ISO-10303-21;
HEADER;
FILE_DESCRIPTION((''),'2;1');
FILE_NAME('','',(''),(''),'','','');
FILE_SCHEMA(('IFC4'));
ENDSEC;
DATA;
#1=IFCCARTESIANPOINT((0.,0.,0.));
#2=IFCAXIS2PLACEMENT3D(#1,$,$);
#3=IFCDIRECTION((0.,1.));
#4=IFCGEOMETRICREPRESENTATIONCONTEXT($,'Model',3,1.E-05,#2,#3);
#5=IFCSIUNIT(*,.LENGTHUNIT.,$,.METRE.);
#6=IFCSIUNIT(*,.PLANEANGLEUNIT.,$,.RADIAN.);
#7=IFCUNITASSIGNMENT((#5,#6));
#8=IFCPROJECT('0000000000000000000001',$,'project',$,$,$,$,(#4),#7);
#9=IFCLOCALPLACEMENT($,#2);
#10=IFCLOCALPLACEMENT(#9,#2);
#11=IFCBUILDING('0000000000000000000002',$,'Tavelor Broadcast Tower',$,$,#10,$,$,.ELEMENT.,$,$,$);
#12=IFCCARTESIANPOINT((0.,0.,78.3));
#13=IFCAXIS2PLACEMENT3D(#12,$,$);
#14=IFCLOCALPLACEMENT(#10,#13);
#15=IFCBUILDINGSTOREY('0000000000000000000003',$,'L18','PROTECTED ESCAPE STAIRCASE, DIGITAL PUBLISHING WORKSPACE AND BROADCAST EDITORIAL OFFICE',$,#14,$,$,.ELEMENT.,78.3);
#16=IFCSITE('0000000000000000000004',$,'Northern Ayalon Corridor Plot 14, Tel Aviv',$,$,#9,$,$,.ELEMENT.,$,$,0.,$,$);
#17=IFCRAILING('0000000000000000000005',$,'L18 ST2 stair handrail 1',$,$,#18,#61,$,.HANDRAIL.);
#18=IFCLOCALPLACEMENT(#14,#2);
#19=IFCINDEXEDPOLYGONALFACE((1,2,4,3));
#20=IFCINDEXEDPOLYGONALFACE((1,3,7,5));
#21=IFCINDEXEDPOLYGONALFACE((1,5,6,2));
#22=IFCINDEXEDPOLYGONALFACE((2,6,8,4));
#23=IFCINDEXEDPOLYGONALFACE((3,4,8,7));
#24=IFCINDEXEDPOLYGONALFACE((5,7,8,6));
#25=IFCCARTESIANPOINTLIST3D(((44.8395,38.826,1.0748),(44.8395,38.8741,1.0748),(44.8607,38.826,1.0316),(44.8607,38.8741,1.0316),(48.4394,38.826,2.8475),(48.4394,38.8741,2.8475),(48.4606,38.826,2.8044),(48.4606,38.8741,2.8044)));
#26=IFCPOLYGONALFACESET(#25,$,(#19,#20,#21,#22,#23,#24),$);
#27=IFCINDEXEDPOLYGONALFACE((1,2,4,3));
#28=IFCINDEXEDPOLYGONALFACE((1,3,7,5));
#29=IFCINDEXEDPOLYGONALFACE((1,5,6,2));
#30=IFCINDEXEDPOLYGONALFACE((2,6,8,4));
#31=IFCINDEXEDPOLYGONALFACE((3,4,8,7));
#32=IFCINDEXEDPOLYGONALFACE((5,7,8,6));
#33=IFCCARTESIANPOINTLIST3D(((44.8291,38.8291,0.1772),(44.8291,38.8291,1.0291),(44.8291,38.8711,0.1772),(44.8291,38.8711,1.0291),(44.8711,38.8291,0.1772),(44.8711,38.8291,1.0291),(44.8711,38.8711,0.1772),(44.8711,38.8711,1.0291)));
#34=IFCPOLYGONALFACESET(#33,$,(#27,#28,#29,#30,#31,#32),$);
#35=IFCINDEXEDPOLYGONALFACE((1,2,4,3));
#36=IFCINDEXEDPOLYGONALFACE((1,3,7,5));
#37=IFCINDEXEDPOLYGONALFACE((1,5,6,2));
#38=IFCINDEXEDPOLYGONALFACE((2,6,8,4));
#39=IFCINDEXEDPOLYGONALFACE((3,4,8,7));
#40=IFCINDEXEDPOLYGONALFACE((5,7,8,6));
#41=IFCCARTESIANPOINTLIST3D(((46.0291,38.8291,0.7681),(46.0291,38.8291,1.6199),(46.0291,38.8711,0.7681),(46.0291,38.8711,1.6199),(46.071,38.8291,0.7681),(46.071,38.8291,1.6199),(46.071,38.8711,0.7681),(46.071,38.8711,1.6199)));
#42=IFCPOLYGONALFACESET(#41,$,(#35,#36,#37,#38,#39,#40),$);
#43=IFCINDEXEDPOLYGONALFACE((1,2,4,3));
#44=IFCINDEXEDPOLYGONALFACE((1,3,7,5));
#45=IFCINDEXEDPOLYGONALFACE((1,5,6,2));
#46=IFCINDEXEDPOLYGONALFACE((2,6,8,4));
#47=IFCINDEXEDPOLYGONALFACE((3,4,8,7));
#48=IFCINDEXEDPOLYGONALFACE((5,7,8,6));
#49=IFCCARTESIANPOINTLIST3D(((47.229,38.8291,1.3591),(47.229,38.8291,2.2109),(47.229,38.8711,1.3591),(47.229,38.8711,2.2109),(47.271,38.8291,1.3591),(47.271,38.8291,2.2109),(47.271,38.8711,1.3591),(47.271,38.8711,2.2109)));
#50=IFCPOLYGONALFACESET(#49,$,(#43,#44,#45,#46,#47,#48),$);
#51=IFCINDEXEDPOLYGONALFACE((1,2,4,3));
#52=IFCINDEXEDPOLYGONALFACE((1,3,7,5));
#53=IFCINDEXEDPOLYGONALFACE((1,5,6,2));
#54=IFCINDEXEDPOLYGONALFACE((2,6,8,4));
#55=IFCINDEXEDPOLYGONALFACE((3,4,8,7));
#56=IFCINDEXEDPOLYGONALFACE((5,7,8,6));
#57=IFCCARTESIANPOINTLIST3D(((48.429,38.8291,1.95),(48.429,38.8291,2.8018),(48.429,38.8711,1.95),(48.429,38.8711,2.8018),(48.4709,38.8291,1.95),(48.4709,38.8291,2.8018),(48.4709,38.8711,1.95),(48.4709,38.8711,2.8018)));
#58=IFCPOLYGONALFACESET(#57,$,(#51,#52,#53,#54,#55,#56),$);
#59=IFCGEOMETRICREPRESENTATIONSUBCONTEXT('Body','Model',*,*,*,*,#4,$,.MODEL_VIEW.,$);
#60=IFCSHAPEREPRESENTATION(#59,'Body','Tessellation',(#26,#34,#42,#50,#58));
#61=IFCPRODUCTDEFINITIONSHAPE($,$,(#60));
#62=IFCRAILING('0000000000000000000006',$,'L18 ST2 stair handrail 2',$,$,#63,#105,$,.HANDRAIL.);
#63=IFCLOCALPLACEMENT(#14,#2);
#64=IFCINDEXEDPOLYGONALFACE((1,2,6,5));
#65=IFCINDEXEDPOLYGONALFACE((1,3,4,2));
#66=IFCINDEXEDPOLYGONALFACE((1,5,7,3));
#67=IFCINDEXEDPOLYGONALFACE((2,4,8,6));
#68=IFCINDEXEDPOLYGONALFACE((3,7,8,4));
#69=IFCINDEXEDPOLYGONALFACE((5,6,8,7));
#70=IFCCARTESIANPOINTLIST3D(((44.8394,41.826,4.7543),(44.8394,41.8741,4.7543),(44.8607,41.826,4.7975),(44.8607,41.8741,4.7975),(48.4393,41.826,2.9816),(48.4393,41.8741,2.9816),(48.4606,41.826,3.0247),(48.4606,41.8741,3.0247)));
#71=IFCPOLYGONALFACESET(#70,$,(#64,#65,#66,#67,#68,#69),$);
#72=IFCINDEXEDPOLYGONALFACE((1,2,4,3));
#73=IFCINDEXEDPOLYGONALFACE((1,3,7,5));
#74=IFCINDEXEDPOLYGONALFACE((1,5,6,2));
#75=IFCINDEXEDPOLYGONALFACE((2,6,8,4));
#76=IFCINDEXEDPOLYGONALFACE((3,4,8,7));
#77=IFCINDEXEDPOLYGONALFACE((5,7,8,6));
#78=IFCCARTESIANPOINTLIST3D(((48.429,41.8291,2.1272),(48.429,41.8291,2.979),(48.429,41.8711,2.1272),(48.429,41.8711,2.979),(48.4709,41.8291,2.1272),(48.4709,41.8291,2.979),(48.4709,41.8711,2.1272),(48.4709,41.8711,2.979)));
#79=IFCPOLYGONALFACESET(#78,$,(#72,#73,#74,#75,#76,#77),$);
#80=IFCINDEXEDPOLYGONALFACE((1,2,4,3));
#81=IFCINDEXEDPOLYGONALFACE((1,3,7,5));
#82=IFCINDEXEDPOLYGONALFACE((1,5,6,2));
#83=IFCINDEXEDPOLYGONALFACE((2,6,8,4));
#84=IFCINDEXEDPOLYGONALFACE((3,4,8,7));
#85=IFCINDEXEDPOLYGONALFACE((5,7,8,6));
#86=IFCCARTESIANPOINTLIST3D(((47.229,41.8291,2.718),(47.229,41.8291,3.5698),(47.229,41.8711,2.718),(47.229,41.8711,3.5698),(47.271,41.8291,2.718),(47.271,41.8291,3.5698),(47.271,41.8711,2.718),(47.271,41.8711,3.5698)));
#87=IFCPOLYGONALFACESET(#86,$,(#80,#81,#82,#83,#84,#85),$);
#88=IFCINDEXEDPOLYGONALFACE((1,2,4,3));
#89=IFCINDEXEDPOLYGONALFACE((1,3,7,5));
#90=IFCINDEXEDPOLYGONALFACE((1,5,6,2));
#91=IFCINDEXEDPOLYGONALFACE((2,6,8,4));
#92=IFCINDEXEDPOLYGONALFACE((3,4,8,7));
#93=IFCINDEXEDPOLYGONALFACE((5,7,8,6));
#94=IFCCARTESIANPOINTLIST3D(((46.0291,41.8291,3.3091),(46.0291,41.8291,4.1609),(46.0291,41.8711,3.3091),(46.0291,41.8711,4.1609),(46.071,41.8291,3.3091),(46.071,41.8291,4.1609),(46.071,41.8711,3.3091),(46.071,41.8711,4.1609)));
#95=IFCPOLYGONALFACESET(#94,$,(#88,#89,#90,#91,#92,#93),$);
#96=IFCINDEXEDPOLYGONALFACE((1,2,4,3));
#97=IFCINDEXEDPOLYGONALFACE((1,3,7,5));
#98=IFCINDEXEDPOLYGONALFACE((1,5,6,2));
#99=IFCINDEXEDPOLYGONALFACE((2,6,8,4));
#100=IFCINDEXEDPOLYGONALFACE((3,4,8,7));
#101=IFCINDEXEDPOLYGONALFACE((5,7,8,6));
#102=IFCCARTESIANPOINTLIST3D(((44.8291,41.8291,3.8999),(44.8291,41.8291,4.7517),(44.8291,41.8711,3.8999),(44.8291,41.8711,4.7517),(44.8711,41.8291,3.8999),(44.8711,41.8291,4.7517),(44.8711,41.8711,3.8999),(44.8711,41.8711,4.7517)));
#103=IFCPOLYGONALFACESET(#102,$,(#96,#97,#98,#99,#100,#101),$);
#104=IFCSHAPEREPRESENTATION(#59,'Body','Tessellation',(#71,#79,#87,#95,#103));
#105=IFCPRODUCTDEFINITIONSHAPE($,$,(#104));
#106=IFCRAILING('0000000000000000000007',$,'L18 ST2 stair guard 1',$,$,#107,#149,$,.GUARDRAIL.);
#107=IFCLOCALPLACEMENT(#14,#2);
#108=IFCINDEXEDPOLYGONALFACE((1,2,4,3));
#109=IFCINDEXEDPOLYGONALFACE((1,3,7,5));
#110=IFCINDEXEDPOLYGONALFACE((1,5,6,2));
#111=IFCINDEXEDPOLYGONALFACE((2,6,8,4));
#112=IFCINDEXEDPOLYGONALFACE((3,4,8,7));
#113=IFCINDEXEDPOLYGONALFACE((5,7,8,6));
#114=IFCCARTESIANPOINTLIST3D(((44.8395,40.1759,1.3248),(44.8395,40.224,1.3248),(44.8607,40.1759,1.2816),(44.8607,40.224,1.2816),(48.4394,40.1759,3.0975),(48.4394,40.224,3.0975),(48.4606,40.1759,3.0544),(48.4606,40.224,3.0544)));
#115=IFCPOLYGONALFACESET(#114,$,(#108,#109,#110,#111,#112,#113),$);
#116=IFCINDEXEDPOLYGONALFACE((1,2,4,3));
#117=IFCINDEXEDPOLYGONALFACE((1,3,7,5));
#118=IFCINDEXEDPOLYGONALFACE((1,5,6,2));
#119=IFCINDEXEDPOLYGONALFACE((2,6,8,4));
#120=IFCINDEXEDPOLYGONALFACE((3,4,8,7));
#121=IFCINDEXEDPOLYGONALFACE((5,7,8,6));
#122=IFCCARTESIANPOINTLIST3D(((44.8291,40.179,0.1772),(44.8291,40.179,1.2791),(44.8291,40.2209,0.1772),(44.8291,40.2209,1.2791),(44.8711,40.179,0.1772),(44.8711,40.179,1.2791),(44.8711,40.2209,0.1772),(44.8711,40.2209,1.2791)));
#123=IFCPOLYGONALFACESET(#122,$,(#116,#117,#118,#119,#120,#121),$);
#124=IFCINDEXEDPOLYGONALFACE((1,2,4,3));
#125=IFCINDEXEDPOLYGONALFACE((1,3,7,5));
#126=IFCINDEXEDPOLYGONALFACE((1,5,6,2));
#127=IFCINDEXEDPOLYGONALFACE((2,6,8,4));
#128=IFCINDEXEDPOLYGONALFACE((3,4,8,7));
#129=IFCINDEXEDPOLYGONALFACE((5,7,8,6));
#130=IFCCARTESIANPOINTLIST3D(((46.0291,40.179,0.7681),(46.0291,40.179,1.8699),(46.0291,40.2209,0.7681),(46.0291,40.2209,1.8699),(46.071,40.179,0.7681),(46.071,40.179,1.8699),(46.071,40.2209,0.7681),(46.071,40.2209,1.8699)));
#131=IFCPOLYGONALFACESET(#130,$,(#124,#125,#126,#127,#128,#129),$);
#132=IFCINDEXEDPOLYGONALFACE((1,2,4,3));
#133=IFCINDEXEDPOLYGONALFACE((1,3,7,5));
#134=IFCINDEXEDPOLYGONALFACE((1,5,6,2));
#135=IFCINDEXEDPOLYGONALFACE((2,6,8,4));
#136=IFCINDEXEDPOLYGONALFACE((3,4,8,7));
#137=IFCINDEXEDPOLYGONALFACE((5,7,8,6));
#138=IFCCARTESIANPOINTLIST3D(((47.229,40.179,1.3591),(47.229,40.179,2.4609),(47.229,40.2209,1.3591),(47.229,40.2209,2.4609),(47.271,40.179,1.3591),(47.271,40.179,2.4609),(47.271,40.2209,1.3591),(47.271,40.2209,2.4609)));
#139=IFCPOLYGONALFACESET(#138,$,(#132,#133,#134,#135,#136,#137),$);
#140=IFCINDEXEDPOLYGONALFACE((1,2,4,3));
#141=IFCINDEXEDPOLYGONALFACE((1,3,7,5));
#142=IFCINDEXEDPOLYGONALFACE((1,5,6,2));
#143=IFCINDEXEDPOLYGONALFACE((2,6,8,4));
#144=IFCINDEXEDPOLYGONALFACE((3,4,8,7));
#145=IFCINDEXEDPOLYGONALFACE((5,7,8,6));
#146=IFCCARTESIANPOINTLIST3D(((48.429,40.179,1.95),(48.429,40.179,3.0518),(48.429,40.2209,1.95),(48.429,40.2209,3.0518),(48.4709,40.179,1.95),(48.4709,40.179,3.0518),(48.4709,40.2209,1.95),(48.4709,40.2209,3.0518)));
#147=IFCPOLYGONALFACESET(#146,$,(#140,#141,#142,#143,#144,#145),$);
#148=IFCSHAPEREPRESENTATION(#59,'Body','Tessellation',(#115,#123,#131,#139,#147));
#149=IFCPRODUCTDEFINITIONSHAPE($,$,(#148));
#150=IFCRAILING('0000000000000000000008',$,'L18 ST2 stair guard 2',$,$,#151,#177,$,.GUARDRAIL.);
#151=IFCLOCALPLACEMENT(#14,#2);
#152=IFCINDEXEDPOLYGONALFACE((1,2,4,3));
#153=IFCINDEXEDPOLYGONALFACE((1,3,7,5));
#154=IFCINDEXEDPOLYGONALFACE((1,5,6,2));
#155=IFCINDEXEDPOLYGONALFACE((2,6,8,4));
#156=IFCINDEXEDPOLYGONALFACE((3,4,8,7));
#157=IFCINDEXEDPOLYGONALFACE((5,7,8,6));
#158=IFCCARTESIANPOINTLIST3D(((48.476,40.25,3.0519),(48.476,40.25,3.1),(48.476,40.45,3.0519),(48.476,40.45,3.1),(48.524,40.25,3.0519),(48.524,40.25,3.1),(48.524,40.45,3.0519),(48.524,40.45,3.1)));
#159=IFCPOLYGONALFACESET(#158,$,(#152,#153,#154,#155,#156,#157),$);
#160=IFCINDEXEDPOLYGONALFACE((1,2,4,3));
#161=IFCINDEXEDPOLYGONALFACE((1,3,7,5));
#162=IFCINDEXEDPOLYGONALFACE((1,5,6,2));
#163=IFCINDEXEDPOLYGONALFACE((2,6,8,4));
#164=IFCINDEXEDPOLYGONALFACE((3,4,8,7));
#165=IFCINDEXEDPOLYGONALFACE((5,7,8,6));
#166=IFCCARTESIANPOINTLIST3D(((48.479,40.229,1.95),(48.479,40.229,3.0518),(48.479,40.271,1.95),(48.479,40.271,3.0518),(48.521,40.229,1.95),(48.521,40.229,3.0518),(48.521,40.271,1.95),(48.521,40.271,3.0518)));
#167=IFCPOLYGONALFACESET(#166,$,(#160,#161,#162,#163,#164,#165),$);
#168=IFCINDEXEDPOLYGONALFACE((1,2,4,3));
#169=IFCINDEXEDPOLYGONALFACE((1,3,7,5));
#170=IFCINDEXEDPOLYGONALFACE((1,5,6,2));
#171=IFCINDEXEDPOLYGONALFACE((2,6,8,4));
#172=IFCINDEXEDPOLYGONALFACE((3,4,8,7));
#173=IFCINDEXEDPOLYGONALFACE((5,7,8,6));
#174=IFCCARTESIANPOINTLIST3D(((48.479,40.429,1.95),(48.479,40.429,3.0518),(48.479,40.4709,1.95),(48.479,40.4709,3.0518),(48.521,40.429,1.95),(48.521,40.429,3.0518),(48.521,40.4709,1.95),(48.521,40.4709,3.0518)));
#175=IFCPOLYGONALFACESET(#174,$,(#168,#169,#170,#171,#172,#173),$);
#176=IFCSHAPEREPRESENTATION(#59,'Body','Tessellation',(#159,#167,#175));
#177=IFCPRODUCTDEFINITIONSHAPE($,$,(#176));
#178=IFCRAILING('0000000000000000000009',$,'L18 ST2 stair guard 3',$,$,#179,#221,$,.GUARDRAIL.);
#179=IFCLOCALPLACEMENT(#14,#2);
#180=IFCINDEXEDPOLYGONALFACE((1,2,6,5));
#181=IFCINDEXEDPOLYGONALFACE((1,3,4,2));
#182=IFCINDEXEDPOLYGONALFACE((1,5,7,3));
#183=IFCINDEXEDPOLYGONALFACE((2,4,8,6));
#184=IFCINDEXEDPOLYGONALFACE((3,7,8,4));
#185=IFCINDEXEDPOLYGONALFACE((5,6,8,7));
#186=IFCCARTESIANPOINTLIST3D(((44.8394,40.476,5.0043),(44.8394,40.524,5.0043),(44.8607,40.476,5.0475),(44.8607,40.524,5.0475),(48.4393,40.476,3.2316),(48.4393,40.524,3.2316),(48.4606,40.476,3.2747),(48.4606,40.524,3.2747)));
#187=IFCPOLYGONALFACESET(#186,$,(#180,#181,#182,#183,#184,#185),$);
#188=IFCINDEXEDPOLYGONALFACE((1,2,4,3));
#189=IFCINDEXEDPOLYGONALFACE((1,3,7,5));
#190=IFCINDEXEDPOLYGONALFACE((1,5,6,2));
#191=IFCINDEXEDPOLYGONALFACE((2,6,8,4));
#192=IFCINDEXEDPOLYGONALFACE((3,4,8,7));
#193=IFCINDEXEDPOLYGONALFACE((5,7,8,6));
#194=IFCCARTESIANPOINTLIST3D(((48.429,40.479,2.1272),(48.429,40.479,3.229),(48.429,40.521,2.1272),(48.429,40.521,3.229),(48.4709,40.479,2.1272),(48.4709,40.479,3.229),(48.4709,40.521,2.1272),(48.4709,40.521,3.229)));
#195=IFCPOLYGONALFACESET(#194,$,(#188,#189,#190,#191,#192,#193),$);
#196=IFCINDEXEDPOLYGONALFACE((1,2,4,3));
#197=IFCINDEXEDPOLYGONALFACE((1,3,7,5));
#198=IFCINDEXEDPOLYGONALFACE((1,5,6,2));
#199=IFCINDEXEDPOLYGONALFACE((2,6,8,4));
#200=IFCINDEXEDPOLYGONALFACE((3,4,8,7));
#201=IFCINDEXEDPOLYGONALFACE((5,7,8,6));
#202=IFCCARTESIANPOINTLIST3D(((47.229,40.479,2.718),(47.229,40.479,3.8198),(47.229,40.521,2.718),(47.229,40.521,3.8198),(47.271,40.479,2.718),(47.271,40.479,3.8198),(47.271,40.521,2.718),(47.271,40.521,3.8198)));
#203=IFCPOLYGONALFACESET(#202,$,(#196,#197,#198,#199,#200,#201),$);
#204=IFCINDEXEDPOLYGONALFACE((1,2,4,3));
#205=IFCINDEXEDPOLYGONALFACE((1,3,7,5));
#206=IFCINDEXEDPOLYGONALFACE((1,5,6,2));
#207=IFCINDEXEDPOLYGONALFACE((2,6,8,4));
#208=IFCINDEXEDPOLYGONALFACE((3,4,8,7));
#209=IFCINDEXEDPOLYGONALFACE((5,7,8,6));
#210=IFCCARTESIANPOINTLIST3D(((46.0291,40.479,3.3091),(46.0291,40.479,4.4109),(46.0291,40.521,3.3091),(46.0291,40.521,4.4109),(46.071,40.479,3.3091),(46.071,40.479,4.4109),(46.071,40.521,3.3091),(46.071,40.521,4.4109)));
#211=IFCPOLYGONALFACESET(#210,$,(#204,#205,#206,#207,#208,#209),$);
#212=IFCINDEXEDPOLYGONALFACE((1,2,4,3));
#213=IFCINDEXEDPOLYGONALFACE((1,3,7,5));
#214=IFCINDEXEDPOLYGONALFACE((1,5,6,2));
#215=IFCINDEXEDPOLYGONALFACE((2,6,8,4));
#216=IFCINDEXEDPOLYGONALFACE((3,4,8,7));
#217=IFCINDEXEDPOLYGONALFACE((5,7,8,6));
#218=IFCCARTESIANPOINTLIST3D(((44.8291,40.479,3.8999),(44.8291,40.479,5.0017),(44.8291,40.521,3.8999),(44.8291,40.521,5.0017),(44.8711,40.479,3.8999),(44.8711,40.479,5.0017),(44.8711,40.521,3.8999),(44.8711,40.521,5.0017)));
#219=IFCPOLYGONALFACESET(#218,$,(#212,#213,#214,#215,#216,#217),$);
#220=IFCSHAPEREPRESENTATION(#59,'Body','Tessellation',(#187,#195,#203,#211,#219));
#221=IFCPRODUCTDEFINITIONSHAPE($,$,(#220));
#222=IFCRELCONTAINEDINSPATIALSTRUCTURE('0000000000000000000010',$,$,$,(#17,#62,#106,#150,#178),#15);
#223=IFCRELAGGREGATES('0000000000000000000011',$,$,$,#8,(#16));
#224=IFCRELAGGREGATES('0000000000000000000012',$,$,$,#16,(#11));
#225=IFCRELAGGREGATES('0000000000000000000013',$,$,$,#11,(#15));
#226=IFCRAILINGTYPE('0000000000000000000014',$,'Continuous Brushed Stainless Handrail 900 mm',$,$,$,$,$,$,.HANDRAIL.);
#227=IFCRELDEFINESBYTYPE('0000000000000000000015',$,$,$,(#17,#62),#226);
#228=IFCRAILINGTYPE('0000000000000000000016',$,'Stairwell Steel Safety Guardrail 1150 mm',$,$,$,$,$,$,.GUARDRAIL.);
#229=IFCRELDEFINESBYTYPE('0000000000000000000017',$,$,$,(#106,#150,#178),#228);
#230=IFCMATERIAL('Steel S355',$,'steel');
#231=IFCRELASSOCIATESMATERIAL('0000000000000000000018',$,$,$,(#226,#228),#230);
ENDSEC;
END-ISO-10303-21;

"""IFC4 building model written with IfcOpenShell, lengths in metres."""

from ifc_helpers import new_model, si_unit, direction, frame, origin, origin_2d, place, context, subcontext, project, spatial, rectangle, extrude, material, type_object, element, save


model = new_model("IFC4")

# Units and contexts
model_context = context("Model", 3, precision=1e-05, world=origin(), true_north=direction((0.0, 1.0)))
body_context = subcontext(model_context, "Body", "Model", "MODEL_VIEW")
ifc_project = project(units=[si_unit("LENGTHUNIT", "METRE"), si_unit("PLANEANGLEUNIT", "RADIAN")], contexts=[model_context])

# Site, building, storey
site_placement = place(None, origin())
site = spatial("IfcSite", under=ifc_project, at=site_placement, Name="Northern Ayalon Corridor Plot 14, Tel Aviv", CompositionType="ELEMENT", RefElevation=0.0)
building_placement = place(site_placement, origin())
building = spatial("IfcBuilding", under=site, at=building_placement, Name="Tavelor Broadcast Tower", CompositionType="ELEMENT")
storey_placement = place(building_placement, frame((0.0, 0.0, 78.3)))
storey = spatial("IfcBuildingStorey", under=building, at=storey_placement, Name="L18", Description="PROTECTED ESCAPE STAIRCASE, DIGITAL PUBLISHING WORKSPACE AND BROADCAST EDITORIAL OFFICE", CompositionType="ELEMENT", Elevation=78.3)

# Shared definitions
ifc_material_1 = material(Name="Steel S355", Category="steel")

# Railings
railing_type_1 = type_object("IfcRailingType", Name="Continuous Brushed Stainless Handrail 900 mm", PredefinedType="HANDRAIL", material=ifc_material_1)
railing_1_placement = place(storey_placement, frame((44.8501, 38.8501, 0.1772)))
element("IfcRailing", 1, at=railing_1_placement, inside=storey, type_object=railing_type_1, Name="L18 ST2 stair handrail 1", PredefinedType="HANDRAIL", context=body_context, shape_type="SweptSolid", body=[
    extrude(rectangle(XDim=0.0481, YDim=0.0481, at=origin_2d()), frame((0.0, 0.0, 0.876), z_axis=(0.897124, 0.0, 0.441778), x_axis=(0.0, 1.0, 0.0)), (0.0, 0.0, 1.0), 4.0127),
    extrude(rectangle(XDim=0.042, YDim=0.042, at=origin_2d()), origin(), (0.0, 0.0, 1.0), 0.8518),
    extrude(rectangle(XDim=0.042, YDim=0.042, at=origin_2d()), frame((1.2, 0.0, 0.5908)), (0.0, 0.0, 1.0), 0.8518),
    extrude(rectangle(XDim=0.042, YDim=0.042, at=origin_2d()), frame((2.3999, 0.0, 1.1819)), (0.0, 0.0, 1.0), 0.8518),
    extrude(rectangle(XDim=0.042, YDim=0.042, at=origin_2d()), frame((3.5999, 0.0, 1.7727)), (0.0, 0.0, 1.0), 0.8518),
])
railing_2_placement = place(storey_placement, frame((48.45, 41.8501, 2.1272)))
element("IfcRailing", 2, at=railing_2_placement, inside=storey, type_object=railing_type_1, Name="L18 ST2 stair handrail 2", PredefinedType="HANDRAIL", context=body_context, shape_type="SweptSolid", body=[
    extrude(rectangle(XDim=0.0481, YDim=0.0481, at=origin_2d()), frame((0.0, 0.0, 0.876), z_axis=(-0.897124, 0.0, 0.441778), x_axis=(0.0, -1.0, 0.0)), (0.0, 0.0, 1.0), 4.0127),
    extrude(rectangle(XDim=0.042, YDim=0.042, at=origin_2d()), origin(), (0.0, 0.0, 1.0), 0.8518),
    extrude(rectangle(XDim=0.042, YDim=0.042, at=origin_2d()), frame((-1.2, 0.0, 0.5908)), (0.0, 0.0, 1.0), 0.8518),
    extrude(rectangle(XDim=0.042, YDim=0.042, at=origin_2d()), frame((-2.3999, 0.0, 1.1819)), (0.0, 0.0, 1.0), 0.8518),
    extrude(rectangle(XDim=0.042, YDim=0.042, at=origin_2d()), frame((-3.5999, 0.0, 1.7727)), (0.0, 0.0, 1.0), 0.8518),
])
railing_type_2 = type_object("IfcRailingType", Name="Stairwell Steel Safety Guardrail 1150 mm", PredefinedType="GUARDRAIL", material=ifc_material_1)
railing_3_placement = place(storey_placement, frame((44.8501, 40.2, 0.1772)))
element("IfcRailing", 3, at=railing_3_placement, inside=storey, type_object=railing_type_2, Name="L18 ST2 stair guard 1", PredefinedType="GUARDRAIL", context=body_context, shape_type="SweptSolid", body=[
    extrude(rectangle(XDim=0.0481, YDim=0.0481, at=origin_2d()), frame((0.0, 0.0, 1.126), z_axis=(0.897124, 0.0, 0.441778), x_axis=(0.0, 1.0, 0.0)), (0.0, 0.0, 1.0), 4.0127),
    extrude(rectangle(XDim=0.042, YDim=0.042, at=origin_2d()), origin(), (0.0, 0.0, 1.0), 1.1018),
    extrude(rectangle(XDim=0.042, YDim=0.042, at=origin_2d()), frame((1.2, 0.0, 0.5908)), (0.0, 0.0, 1.0), 1.1018),
    extrude(rectangle(XDim=0.042, YDim=0.042, at=origin_2d()), frame((2.3999, 0.0, 1.1819)), (0.0, 0.0, 1.0), 1.1018),
    extrude(rectangle(XDim=0.042, YDim=0.042, at=origin_2d()), frame((3.5999, 0.0, 1.7727)), (0.0, 0.0, 1.0), 1.1018),
])
railing_4_placement = place(storey_placement, frame((48.5, 40.25, 1.95)))
element("IfcRailing", 4, at=railing_4_placement, inside=storey, type_object=railing_type_2, Name="L18 ST2 stair guard 2", PredefinedType="GUARDRAIL", context=body_context, shape_type="SweptSolid", body=[
    extrude(rectangle(XDim=0.0481, YDim=0.0481, at=origin_2d()), frame((0.0, 0.0, 1.126), z_axis=(0.0, 1.0, 0.0), x_axis=(-1.0, 0.0, 0.0)), (0.0, 0.0, 1.0), 0.2),
    extrude(rectangle(XDim=0.042, YDim=0.042, at=origin_2d()), origin(), (0.0, 0.0, 1.0), 1.1018),
    extrude(rectangle(XDim=0.042, YDim=0.042, at=origin_2d()), frame((0.0, 0.2, 0.0)), (0.0, 0.0, 1.0), 1.1018),
])
railing_5_placement = place(storey_placement, frame((48.45, 40.5, 2.1272)))
element("IfcRailing", 5, at=railing_5_placement, inside=storey, type_object=railing_type_2, Name="L18 ST2 stair guard 3", PredefinedType="GUARDRAIL", context=body_context, shape_type="SweptSolid", body=[
    extrude(rectangle(XDim=0.0481, YDim=0.0481, at=origin_2d()), frame((0.0, 0.0, 1.126), z_axis=(-0.897124, 0.0, 0.441778), x_axis=(0.0, -1.0, 0.0)), (0.0, 0.0, 1.0), 4.0127),
    extrude(rectangle(XDim=0.042, YDim=0.042, at=origin_2d()), origin(), (0.0, 0.0, 1.0), 1.1018),
    extrude(rectangle(XDim=0.042, YDim=0.042, at=origin_2d()), frame((-1.2, 0.0, 0.5908)), (0.0, 0.0, 1.0), 1.1018),
    extrude(rectangle(XDim=0.042, YDim=0.042, at=origin_2d()), frame((-2.3999, 0.0, 1.1819)), (0.0, 0.0, 1.0), 1.1018),
    extrude(rectangle(XDim=0.042, YDim=0.042, at=origin_2d()), frame((-3.5999, 0.0, 1.7727)), (0.0, 0.0, 1.0), 1.1018),
])

save(model, "model.ifc")
